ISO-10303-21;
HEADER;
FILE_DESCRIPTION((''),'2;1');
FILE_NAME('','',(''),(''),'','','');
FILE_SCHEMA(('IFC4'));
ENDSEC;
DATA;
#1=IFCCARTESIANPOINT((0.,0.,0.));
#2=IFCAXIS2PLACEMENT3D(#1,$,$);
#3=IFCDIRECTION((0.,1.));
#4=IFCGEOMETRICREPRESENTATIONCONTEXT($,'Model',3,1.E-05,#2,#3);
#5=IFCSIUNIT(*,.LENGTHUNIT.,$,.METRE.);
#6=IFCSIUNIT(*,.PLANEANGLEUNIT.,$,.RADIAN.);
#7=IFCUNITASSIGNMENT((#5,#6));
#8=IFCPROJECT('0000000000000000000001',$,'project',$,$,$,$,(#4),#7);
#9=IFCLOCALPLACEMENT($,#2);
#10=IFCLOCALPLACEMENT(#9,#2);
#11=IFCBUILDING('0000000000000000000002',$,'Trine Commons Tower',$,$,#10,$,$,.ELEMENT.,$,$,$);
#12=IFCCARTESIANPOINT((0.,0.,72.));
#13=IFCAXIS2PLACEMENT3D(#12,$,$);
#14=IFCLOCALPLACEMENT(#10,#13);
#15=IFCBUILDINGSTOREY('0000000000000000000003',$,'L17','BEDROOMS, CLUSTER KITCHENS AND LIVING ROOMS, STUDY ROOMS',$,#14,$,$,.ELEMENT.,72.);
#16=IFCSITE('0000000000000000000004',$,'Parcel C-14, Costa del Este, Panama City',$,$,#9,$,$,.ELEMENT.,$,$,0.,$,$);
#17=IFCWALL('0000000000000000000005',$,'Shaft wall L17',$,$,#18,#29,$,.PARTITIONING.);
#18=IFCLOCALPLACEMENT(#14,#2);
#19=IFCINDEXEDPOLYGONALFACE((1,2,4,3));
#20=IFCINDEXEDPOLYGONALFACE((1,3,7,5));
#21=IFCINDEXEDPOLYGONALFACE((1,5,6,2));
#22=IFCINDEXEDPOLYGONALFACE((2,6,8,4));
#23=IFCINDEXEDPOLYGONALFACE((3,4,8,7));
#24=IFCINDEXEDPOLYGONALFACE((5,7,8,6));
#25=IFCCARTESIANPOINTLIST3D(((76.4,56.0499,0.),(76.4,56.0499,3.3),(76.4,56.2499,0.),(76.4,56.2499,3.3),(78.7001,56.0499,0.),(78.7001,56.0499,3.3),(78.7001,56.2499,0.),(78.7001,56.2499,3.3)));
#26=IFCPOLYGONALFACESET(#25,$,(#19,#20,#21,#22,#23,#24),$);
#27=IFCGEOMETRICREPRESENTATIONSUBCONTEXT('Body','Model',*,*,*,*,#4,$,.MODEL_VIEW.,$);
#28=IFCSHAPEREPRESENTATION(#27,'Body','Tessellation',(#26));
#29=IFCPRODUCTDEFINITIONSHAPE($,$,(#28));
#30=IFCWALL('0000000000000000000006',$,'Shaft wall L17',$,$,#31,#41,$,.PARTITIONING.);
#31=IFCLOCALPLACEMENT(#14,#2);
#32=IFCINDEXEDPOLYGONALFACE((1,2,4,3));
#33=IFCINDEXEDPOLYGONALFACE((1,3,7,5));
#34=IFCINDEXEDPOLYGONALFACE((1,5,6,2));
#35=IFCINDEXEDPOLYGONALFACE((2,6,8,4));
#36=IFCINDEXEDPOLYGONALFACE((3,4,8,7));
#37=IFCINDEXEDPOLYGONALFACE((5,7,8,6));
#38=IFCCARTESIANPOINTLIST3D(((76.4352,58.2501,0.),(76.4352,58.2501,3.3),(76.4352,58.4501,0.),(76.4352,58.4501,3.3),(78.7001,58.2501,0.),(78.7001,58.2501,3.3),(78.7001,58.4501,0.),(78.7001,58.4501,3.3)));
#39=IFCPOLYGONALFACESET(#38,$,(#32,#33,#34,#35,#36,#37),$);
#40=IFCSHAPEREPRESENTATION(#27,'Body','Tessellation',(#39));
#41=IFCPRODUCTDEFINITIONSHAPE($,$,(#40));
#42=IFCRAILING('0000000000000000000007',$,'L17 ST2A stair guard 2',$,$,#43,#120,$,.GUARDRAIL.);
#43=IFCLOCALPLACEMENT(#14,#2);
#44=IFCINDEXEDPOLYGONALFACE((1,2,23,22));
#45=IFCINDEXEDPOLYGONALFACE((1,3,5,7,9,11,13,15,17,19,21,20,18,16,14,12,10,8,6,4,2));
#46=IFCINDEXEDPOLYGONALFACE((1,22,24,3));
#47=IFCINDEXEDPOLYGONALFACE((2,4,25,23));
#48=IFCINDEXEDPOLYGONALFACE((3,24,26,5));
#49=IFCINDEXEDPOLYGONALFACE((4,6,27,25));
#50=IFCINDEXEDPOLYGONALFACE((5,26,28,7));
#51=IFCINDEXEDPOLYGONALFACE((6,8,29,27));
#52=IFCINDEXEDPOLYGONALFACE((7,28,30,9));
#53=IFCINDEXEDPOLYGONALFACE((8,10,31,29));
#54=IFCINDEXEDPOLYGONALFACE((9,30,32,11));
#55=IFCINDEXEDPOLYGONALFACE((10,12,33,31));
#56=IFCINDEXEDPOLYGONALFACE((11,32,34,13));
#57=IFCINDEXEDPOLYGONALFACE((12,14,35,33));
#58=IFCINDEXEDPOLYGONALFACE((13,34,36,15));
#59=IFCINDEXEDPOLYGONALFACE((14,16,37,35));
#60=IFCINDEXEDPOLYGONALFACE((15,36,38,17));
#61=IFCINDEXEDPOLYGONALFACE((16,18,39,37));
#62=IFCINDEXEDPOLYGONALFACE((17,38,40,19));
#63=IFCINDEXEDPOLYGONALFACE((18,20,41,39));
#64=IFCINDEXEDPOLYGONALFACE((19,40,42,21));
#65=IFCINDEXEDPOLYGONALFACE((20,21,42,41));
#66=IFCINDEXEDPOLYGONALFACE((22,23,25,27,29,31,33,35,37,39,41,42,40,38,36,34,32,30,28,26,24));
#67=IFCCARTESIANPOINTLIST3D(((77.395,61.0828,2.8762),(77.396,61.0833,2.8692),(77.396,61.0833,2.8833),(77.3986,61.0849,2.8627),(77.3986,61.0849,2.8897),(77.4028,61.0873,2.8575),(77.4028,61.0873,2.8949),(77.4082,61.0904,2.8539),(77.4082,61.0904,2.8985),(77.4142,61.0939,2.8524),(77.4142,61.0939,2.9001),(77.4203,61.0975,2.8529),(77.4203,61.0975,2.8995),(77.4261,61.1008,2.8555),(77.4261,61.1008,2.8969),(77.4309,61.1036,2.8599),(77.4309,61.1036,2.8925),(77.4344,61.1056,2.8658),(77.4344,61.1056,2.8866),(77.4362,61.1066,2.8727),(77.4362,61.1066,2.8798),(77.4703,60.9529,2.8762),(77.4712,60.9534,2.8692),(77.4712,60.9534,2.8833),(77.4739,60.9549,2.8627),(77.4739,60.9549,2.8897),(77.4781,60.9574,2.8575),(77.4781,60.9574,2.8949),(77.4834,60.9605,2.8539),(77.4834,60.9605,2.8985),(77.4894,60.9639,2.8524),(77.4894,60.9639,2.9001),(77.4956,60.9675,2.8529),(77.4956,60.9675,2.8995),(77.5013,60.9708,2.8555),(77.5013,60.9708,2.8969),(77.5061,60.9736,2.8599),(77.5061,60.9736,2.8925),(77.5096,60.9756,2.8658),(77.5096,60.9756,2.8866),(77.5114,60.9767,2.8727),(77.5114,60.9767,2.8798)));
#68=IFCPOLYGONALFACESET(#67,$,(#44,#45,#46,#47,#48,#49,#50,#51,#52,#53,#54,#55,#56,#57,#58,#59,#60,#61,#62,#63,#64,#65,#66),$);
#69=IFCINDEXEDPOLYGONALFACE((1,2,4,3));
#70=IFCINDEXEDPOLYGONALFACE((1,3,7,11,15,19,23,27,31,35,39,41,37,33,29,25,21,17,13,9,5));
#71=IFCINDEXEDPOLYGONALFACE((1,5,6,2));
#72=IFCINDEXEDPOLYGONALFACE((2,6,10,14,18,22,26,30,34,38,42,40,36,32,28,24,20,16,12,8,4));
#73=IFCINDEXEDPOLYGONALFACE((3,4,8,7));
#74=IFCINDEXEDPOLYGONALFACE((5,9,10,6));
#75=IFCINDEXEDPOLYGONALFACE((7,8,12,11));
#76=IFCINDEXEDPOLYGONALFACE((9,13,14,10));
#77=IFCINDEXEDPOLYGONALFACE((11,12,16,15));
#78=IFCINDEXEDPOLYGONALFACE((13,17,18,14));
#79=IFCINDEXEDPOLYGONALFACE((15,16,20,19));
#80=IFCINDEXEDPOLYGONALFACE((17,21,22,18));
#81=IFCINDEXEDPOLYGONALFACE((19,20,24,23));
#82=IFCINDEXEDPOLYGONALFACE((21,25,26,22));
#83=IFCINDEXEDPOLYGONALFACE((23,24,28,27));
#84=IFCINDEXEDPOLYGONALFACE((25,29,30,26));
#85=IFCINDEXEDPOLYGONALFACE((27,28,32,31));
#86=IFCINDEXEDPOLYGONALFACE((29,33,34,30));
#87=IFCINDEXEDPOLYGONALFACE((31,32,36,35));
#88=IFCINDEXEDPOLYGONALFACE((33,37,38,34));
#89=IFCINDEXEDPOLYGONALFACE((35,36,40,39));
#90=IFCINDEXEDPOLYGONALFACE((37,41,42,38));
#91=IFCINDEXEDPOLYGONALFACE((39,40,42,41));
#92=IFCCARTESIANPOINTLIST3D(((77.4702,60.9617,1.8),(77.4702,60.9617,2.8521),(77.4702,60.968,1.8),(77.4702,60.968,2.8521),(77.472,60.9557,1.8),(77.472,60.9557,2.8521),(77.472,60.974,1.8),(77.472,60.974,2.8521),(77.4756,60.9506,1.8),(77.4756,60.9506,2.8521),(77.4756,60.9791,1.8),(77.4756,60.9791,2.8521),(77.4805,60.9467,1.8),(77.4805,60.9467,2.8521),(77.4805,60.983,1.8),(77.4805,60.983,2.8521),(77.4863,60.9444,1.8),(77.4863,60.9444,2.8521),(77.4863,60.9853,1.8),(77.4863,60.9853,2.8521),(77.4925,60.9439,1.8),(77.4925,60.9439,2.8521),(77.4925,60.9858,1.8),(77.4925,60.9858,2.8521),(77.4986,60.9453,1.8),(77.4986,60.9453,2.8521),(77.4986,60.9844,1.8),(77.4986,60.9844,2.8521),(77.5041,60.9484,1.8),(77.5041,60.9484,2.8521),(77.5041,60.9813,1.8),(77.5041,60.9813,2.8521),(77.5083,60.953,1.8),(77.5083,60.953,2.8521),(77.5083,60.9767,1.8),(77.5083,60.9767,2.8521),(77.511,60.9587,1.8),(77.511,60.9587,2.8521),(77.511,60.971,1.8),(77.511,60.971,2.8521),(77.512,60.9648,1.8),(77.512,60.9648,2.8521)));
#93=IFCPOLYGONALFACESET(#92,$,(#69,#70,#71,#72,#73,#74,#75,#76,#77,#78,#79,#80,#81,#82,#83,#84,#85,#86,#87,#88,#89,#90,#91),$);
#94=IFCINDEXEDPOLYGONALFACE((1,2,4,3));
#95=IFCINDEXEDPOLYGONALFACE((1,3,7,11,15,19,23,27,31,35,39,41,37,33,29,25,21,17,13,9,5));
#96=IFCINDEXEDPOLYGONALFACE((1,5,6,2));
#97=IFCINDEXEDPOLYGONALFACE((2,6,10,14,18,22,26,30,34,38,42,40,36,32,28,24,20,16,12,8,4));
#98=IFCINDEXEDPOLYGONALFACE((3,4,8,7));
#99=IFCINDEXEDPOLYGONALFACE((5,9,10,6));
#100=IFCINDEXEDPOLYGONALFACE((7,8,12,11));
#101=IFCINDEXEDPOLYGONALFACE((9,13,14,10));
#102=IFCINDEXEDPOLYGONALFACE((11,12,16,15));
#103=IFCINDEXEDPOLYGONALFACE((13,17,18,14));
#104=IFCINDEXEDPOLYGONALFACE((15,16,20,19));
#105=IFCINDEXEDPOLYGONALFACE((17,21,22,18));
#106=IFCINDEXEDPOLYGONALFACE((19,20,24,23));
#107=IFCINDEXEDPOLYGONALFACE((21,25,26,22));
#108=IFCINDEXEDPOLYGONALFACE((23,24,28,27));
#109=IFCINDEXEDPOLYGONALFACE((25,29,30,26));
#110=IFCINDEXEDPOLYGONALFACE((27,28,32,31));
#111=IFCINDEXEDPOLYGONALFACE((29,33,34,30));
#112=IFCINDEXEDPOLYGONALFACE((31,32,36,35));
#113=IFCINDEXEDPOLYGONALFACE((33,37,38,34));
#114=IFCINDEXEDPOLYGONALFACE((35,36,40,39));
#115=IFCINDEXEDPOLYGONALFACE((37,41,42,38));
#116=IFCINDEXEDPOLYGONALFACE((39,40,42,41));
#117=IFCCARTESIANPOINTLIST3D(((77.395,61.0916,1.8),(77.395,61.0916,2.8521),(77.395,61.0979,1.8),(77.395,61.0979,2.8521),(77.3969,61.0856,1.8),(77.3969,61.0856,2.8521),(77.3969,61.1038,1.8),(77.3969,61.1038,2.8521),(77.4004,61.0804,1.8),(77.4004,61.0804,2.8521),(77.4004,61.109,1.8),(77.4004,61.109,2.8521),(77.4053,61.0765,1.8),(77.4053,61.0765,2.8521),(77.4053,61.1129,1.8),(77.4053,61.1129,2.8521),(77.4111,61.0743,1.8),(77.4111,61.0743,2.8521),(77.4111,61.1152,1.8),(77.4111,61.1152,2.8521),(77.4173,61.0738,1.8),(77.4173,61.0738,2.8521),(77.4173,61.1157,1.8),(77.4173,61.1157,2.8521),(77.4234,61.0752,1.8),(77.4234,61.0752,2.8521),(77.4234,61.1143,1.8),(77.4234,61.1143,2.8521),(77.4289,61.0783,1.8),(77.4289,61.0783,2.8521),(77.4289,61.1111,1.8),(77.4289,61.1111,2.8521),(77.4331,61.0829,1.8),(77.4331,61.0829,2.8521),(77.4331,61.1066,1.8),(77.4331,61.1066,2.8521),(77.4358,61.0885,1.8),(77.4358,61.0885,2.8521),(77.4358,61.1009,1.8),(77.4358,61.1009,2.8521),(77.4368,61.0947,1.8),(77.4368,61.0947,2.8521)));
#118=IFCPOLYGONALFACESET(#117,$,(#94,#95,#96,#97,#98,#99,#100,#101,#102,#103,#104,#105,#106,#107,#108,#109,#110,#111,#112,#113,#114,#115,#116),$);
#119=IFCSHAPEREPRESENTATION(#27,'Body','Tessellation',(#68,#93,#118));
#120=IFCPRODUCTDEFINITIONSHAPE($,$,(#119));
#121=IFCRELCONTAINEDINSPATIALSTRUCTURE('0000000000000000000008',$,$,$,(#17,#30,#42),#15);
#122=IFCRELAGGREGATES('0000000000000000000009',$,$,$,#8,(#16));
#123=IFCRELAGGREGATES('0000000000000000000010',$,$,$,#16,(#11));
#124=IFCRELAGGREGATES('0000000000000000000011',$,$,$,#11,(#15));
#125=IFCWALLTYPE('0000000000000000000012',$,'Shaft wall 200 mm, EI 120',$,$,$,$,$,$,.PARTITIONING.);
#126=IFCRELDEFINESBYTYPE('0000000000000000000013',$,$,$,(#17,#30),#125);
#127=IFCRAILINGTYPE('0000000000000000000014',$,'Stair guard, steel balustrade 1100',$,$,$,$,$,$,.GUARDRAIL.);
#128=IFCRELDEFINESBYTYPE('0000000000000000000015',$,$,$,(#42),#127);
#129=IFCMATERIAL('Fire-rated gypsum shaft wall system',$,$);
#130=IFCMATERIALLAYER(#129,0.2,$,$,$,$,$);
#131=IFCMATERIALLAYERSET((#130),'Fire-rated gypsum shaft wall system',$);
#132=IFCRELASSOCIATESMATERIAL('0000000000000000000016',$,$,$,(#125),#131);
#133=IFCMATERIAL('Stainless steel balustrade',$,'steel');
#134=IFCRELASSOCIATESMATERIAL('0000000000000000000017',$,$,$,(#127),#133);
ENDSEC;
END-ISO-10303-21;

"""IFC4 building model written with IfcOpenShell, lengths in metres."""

from ifc_helpers import new_model, si_unit, direction, frame, frame_2d, origin, origin_2d, place, context, subcontext, project, spatial, rectangle, circle, extrude, material, layer, layer_set, type_object, element, save


model = new_model("IFC4")

# Units and contexts
model_context = context("Model", 3, precision=1e-05, world=origin(), true_north=direction((0.0, 1.0)))
body_context = subcontext(model_context, "Body", "Model", "MODEL_VIEW")
ifc_project = project(units=[si_unit("LENGTHUNIT", "METRE"), si_unit("PLANEANGLEUNIT", "RADIAN")], contexts=[model_context])

# Site, building, storey
site_placement = place(None, origin())
site = spatial("IfcSite", under=ifc_project, at=site_placement, Name="Parcel C-14, Costa del Este, Panama City", CompositionType="ELEMENT", RefElevation=0.0)
building_placement = place(site_placement, origin())
building = spatial("IfcBuilding", under=site, at=building_placement, Name="Trine Commons Tower", CompositionType="ELEMENT")
storey_placement = place(building_placement, frame((0.0, 0.0, 72.0)))
storey = spatial("IfcBuildingStorey", under=building, at=storey_placement, Name="L17", Description="BEDROOMS, CLUSTER KITCHENS AND LIVING ROOMS, STUDY ROOMS", CompositionType="ELEMENT", Elevation=72.0)

# Shared definitions
ifc_material_1 = material(Name="Fire-rated gypsum shaft wall system")

# Walls
ifc_layer_1 = layer(ifc_material_1, 0.2)
ifc_layer_set_1 = layer_set([ifc_layer_1], Name="Fire-rated gypsum shaft wall system")
wall_type_1 = type_object("IfcWallType", Name="Shaft wall 200 mm, EI 120", PredefinedType="PARTITIONING", material=ifc_layer_set_1)
for number, where, z_axis, x_axis, name in (
    (1, (78.7, 56.1499, 0.0), (0.0, 0.0, 1.0), (-1.0, 0.0, 0.0), "Shaft wall L17"),
):
    element("IfcWall", number, at=place(storey_placement, frame(where, z_axis=z_axis, x_axis=x_axis)), inside=storey, type_object=wall_type_1, Name=name, PredefinedType="PARTITIONING", context=body_context, shape_type="SweptSolid", body=[
        extrude(rectangle(XDim=2.3, YDim=0.2, at=frame_2d((1.1499, 0.0))), origin(), (0.0, 0.0, 1.0), 3.3),
    ])
wall_1_placement = place(storey_placement, frame((78.7, 58.3501, 0.0), z_axis=(0.0, 0.0, 1.0), x_axis=(-1.0, 0.0, 0.0)))
element("IfcWall", 2, at=wall_1_placement, inside=storey, type_object=wall_type_1, Name="Shaft wall L17", PredefinedType="PARTITIONING", context=body_context, shape_type="SweptSolid", body=[
    extrude(rectangle(XDim=2.2649, YDim=0.2, at=frame_2d((1.1323, 0.0))), origin(), (0.0, 0.0, 1.0), 3.3),
])

# Railing
ifc_material_2 = material(Name="Stainless steel balustrade", Category="steel")
railing_type_1 = type_object("IfcRailingType", Name="Stair guard, steel balustrade 1100", PredefinedType="GUARDRAIL", material=ifc_material_2)
railing_1_placement = place(storey_placement, frame((77.491, 60.9648, 1.8)))
element("IfcRailing", 3, at=railing_1_placement, inside=storey, type_object=railing_type_1, Name="L17 ST2A stair guard 2", PredefinedType="GUARDRAIL", context=body_context, shape_type="SweptSolid", body=[
    extrude(circle(Radius=0.0239, at=origin_2d()), frame((0.0, 0.0, 1.0762), z_axis=(-0.501036, 0.865426, 0.0), x_axis=(-0.865426, -0.501036, 0.0)), (0.0, 0.0, 1.0), 0.1501),
    extrude(circle(Radius=0.021, at=origin_2d()), origin(), (0.0, 0.0, 1.0), 1.052),
    extrude(circle(Radius=0.021, at=origin_2d()), frame((-0.0752, 0.1299, 0.0)), (0.0, 0.0, 1.0), 1.052),
])

save(model, "model.ifc")
